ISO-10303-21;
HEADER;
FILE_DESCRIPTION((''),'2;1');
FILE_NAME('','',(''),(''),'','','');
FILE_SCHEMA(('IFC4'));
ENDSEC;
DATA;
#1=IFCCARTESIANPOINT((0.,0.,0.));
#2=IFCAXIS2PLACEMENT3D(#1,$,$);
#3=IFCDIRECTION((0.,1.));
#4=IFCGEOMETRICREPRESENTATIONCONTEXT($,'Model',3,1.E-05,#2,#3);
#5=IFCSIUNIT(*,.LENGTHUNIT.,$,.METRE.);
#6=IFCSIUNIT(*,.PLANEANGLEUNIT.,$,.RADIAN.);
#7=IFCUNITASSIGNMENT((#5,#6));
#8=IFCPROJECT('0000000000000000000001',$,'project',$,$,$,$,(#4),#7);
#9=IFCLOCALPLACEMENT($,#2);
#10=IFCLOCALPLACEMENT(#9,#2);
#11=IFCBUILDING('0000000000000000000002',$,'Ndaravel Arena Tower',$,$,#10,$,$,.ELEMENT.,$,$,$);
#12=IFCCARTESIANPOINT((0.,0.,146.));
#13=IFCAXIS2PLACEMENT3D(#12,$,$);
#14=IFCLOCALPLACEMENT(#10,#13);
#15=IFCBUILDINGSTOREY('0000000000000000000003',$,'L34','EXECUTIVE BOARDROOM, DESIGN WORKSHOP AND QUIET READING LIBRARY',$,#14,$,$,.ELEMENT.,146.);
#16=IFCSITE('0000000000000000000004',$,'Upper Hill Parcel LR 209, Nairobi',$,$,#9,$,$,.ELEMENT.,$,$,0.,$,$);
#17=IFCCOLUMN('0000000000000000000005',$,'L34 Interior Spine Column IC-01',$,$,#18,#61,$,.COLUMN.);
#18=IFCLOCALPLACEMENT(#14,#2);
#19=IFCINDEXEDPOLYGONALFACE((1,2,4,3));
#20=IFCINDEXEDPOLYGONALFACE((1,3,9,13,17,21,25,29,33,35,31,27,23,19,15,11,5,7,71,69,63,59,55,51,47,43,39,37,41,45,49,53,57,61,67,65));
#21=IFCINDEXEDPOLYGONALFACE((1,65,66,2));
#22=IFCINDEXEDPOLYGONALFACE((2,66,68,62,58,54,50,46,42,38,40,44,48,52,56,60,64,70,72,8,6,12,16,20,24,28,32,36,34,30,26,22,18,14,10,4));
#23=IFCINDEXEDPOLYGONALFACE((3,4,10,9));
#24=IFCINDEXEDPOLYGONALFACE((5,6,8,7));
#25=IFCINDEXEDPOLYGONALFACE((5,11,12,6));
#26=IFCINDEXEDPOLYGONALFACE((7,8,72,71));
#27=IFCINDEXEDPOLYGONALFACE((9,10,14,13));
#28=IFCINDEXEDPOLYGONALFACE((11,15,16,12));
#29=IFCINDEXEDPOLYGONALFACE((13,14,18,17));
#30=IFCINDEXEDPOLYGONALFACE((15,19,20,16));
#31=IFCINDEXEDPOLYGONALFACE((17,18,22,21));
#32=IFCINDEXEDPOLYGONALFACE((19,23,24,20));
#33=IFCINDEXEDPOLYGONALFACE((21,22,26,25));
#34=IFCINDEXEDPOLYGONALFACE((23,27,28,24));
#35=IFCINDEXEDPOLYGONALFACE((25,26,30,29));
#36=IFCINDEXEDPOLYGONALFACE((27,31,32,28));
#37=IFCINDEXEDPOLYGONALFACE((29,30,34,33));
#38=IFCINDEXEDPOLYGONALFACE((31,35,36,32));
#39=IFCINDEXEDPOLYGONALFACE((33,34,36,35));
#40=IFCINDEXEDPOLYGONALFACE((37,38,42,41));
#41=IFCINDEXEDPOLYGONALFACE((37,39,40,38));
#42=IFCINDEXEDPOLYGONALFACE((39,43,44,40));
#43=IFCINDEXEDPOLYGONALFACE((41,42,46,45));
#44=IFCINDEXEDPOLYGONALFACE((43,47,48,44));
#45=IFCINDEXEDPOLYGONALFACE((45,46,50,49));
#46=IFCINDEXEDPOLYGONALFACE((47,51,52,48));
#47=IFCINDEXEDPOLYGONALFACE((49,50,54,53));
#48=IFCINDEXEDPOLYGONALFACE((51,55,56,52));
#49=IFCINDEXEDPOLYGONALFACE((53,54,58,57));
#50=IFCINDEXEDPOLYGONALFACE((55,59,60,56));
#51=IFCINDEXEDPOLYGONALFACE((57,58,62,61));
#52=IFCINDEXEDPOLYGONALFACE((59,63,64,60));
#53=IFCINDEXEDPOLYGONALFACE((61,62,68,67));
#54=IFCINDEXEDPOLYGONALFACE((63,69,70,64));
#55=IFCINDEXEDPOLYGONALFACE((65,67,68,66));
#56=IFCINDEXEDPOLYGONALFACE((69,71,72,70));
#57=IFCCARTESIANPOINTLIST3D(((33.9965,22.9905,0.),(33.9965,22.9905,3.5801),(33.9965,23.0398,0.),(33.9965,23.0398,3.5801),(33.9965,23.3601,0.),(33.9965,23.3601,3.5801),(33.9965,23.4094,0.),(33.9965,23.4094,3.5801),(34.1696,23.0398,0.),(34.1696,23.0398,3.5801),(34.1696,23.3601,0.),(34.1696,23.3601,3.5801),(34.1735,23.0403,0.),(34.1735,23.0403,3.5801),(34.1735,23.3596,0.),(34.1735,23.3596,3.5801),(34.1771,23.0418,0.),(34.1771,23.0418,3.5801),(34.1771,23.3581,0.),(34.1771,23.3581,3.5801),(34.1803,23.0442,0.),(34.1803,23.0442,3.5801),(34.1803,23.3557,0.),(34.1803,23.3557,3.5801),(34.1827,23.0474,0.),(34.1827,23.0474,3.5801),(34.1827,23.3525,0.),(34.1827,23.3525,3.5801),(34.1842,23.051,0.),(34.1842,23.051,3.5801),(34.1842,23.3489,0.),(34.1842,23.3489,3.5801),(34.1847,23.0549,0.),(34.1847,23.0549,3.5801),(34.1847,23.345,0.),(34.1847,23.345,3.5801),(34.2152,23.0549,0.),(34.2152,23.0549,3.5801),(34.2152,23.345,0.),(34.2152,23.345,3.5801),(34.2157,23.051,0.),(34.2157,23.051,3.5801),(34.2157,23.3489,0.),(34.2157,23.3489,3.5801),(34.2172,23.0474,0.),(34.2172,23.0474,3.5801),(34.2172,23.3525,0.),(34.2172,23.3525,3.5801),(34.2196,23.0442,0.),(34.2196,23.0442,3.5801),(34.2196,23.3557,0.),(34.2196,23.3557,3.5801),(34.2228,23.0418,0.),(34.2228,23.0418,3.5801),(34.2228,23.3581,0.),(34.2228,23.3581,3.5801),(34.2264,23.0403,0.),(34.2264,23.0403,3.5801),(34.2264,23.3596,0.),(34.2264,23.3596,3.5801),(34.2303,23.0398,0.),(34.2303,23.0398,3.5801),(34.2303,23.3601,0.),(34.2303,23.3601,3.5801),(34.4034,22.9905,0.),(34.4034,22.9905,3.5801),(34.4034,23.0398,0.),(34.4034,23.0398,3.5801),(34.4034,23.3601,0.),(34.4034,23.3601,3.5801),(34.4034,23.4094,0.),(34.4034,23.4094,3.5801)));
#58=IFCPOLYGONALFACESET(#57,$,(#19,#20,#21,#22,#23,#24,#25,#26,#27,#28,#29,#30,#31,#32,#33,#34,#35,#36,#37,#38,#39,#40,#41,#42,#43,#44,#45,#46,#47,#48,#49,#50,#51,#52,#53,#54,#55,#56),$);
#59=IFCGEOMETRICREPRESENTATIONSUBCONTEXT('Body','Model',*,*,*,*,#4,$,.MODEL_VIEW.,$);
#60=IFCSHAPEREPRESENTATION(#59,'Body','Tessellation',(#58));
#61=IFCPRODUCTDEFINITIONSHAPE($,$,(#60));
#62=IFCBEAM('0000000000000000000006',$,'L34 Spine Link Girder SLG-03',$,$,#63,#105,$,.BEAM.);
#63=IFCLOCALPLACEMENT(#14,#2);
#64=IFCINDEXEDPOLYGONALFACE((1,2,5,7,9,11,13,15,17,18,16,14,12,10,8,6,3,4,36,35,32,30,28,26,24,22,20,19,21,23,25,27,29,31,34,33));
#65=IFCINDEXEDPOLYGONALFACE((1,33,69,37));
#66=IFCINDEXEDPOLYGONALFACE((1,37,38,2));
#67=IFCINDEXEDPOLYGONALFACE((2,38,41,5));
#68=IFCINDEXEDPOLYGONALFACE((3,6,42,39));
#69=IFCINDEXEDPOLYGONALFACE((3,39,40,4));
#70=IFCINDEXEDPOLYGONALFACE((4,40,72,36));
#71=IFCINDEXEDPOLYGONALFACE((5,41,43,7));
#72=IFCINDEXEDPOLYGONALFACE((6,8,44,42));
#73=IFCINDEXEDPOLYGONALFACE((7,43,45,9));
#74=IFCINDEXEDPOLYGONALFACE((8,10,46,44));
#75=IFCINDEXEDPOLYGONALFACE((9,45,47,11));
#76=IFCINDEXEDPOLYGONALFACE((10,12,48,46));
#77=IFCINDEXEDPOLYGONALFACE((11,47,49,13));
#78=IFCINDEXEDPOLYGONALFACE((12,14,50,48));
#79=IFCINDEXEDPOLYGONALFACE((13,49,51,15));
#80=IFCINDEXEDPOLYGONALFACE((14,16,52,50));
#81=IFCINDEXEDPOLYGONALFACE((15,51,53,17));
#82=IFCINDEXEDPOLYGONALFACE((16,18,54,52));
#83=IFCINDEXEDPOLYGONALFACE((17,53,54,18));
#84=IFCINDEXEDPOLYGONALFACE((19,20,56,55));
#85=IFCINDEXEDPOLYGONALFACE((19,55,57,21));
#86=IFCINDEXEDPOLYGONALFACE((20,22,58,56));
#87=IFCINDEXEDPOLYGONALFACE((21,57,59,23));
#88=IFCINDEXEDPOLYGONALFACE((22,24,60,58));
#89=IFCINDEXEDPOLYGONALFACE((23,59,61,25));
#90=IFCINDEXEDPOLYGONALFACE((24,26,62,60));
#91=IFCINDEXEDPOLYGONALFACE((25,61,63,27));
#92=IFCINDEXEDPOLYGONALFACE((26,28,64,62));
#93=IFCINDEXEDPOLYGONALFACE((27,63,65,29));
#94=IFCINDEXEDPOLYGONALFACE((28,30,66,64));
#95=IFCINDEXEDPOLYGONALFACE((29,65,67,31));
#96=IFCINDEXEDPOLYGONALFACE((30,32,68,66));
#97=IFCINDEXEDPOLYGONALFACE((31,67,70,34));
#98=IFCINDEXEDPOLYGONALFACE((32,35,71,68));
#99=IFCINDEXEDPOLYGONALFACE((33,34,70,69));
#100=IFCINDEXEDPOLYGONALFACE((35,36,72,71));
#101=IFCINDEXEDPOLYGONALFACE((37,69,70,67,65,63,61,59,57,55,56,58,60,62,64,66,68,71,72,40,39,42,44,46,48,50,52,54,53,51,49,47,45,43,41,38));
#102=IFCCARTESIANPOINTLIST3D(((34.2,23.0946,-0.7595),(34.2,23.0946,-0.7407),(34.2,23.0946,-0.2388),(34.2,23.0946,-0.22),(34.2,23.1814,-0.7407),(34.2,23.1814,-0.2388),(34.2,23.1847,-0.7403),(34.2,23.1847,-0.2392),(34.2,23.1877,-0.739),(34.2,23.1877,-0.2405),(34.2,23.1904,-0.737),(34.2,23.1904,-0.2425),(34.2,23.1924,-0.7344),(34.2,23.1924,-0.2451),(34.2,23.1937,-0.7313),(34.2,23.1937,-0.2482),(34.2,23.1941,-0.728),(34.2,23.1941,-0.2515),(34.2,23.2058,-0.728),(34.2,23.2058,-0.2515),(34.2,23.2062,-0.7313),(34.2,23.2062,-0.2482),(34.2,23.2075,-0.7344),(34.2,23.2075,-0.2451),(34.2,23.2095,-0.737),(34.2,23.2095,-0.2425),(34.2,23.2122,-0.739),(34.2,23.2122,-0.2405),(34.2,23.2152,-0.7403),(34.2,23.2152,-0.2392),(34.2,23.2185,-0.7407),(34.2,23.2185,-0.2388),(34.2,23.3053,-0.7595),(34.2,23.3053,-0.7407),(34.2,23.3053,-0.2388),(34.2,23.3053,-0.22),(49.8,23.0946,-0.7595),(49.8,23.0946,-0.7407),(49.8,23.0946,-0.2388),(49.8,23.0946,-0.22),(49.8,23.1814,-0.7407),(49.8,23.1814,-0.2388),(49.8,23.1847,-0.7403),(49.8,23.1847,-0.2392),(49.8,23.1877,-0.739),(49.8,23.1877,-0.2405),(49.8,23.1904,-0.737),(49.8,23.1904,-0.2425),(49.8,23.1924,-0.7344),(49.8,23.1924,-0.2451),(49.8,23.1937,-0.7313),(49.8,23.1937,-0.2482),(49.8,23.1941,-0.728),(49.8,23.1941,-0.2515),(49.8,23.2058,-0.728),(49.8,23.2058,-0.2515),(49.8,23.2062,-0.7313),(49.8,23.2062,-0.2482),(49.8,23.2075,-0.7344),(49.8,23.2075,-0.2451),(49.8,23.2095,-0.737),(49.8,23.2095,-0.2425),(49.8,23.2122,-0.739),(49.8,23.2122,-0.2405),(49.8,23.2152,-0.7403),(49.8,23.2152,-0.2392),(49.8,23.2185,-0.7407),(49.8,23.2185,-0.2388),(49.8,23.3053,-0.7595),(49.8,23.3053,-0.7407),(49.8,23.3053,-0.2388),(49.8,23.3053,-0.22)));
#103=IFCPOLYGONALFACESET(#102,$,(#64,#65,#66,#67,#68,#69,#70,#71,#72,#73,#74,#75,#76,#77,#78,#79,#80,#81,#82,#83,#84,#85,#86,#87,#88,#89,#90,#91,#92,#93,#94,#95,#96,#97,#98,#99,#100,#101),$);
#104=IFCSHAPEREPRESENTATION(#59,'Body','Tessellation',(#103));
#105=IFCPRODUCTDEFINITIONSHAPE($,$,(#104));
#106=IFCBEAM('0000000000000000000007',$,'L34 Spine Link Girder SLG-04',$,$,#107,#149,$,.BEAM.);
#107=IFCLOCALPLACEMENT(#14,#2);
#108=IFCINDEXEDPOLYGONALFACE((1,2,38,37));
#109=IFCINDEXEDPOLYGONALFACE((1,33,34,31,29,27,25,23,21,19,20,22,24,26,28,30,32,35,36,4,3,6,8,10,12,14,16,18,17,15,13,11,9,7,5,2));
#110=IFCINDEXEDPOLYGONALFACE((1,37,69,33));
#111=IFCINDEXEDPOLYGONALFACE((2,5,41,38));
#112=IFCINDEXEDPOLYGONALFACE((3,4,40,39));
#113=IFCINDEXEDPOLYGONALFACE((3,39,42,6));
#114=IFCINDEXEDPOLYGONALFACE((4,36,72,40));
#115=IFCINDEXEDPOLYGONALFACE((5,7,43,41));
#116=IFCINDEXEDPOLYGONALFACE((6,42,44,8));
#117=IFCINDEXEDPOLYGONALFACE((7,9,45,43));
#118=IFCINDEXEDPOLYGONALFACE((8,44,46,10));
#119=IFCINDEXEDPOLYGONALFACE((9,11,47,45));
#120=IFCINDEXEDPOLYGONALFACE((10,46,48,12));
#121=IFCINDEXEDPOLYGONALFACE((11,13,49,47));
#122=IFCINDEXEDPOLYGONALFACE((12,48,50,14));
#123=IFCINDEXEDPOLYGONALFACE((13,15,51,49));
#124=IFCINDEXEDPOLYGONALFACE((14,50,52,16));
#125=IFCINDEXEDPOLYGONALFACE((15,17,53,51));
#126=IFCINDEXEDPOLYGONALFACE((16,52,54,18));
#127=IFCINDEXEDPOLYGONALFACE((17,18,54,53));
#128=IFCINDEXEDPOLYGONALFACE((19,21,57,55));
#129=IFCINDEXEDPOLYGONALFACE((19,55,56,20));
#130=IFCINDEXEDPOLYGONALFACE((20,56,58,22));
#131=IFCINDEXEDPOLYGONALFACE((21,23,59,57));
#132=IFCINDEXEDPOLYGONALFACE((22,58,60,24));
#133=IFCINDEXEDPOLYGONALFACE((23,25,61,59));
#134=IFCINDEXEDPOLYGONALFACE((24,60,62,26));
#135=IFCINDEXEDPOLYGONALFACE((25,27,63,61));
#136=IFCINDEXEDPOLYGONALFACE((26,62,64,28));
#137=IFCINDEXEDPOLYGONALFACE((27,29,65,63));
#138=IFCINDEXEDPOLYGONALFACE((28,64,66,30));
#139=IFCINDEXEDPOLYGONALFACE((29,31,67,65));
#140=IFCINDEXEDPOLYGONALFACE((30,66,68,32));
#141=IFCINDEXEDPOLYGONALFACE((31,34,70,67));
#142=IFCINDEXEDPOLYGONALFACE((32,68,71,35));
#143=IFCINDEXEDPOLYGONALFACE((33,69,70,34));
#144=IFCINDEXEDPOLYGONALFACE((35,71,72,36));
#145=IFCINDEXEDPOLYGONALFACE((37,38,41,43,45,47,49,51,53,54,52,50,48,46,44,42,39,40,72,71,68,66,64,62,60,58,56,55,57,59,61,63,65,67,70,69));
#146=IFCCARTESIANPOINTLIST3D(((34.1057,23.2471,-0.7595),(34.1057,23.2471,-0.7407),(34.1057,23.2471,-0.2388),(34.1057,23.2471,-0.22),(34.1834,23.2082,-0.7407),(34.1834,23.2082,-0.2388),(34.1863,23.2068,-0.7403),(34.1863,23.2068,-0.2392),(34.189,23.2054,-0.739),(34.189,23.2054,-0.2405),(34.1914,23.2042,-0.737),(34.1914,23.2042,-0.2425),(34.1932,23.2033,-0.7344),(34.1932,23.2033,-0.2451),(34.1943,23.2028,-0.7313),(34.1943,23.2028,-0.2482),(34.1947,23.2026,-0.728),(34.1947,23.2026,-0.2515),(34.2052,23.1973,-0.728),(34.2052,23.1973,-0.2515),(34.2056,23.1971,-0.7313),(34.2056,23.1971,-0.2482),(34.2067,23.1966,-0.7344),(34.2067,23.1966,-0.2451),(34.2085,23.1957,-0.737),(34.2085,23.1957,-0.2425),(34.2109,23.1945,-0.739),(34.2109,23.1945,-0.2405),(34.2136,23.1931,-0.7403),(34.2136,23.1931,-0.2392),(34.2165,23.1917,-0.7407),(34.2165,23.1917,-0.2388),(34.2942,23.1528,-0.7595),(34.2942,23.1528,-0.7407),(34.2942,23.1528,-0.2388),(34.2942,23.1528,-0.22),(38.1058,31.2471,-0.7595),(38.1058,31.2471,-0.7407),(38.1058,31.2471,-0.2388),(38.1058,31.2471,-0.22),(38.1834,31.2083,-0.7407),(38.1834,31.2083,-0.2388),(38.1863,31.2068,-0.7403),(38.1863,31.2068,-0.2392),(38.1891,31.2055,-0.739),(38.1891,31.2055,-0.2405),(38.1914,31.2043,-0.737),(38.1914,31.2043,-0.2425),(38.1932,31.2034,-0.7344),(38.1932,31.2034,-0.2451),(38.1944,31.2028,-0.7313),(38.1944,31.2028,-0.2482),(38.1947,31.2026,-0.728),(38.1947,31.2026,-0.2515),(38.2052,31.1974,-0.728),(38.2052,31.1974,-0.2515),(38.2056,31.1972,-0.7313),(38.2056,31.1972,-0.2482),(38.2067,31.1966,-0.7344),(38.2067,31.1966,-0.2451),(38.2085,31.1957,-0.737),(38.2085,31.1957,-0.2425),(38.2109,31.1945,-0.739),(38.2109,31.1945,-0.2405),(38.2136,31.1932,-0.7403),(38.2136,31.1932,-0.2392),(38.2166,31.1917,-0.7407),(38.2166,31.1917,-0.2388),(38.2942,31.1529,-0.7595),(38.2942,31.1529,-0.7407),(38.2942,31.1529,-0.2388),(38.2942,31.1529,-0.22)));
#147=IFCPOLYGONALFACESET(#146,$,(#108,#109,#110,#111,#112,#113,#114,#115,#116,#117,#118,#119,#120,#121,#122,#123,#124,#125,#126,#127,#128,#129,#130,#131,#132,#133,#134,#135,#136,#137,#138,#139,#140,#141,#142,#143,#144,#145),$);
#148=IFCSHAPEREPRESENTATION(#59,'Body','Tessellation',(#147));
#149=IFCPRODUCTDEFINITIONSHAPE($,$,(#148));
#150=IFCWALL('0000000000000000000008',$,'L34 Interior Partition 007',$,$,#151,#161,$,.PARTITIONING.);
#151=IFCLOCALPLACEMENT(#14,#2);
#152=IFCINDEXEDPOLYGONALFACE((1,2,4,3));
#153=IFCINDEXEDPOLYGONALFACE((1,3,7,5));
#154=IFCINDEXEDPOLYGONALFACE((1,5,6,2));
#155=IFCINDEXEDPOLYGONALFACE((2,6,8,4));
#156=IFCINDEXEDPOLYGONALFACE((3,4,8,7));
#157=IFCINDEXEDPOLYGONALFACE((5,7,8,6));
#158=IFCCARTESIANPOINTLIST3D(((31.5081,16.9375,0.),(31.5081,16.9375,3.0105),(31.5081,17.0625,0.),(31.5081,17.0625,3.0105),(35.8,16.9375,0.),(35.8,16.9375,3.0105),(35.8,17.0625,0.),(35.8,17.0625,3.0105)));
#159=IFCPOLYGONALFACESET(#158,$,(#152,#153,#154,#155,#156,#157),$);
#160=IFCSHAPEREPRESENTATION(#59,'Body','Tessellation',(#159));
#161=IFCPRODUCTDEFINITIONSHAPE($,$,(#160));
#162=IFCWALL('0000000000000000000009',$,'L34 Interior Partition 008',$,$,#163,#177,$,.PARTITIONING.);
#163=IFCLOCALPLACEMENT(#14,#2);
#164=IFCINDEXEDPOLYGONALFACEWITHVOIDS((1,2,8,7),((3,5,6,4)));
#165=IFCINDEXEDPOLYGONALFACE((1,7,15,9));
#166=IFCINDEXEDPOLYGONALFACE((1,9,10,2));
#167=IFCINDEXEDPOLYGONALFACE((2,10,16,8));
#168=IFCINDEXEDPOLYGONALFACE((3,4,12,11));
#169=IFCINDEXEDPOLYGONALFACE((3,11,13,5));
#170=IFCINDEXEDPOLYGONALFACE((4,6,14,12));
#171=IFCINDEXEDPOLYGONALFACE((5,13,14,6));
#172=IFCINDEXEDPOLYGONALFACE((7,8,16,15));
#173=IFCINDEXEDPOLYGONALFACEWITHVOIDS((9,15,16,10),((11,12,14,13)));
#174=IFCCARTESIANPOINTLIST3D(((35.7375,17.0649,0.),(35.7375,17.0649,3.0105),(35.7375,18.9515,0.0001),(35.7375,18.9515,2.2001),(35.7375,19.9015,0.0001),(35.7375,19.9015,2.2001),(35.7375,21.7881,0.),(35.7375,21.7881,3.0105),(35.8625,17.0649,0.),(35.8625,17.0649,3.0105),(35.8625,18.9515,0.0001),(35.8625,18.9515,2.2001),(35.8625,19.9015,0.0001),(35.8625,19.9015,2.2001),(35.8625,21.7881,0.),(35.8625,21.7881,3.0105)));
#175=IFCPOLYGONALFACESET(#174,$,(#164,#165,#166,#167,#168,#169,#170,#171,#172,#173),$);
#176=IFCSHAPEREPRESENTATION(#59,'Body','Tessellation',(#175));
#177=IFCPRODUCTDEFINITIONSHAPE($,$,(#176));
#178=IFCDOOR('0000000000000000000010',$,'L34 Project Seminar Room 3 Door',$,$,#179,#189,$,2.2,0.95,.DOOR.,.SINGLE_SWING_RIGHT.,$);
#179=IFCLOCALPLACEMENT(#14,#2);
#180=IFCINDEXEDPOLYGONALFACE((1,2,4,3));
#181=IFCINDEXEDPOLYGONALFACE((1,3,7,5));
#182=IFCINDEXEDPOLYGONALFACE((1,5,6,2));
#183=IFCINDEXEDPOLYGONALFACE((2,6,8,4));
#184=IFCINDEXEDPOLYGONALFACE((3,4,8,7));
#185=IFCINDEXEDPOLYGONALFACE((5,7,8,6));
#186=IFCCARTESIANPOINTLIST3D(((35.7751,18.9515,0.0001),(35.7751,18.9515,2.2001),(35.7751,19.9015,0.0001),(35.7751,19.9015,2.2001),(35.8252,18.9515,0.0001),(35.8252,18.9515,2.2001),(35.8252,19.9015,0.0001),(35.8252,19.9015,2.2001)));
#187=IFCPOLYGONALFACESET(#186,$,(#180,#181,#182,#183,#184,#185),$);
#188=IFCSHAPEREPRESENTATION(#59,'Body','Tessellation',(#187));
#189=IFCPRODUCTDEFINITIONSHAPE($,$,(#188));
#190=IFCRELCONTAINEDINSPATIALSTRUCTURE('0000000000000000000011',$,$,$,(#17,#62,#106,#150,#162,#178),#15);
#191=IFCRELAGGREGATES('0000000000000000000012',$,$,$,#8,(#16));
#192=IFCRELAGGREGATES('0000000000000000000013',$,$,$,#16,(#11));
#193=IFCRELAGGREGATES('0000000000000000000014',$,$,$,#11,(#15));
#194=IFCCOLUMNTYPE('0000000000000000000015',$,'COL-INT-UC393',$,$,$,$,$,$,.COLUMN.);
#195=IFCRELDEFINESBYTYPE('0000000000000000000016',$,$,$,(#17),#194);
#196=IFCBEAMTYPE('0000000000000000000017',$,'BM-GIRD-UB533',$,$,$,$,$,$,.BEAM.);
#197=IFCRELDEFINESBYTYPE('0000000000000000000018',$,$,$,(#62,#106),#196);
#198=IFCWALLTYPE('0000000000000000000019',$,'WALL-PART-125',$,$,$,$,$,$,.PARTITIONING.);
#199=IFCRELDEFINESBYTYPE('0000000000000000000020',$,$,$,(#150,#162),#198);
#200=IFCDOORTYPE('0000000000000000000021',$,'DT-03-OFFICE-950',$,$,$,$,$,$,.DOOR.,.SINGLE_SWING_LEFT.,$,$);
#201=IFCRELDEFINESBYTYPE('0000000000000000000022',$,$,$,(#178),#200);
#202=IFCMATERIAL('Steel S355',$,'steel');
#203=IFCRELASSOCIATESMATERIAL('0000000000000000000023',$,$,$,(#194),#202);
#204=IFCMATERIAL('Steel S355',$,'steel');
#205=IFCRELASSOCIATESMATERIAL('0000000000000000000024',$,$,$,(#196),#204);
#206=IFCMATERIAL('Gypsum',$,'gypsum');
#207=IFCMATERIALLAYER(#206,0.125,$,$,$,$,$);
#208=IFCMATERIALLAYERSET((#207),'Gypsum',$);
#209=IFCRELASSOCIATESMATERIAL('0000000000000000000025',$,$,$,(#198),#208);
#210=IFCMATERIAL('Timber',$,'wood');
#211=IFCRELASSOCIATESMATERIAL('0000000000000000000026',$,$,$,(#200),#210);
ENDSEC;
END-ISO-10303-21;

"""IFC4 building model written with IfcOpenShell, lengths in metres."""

from ifc_helpers import new_model, si_unit, direction, frame, frame_2d, origin, origin_2d, place, context, subcontext, project, spatial, rectangle, i_section, extrude, material, layer, layer_set, material_profile, profile_set, type_object, element, fill, save


model = new_model("IFC4")

# Units and contexts
model_context = context("Model", 3, precision=1e-05, world=origin(), true_north=direction((0.0, 1.0)))
body_context = subcontext(model_context, "Body", "Model", "MODEL_VIEW")
ifc_project = project(units=[si_unit("LENGTHUNIT", "METRE"), si_unit("PLANEANGLEUNIT", "RADIAN")], contexts=[model_context])

# Site, building, storey
site_placement = place(None, origin())
site = spatial("IfcSite", under=ifc_project, at=site_placement, Name="Upper Hill Parcel LR 209, Nairobi", CompositionType="ELEMENT", RefElevation=0.0)
building_placement = place(site_placement, origin())
building = spatial("IfcBuilding", under=site, at=building_placement, Name="Ndaravel Arena Tower", CompositionType="ELEMENT")
storey_placement = place(building_placement, frame((0.0, 0.0, 146.0)))
storey = spatial("IfcBuildingStorey", under=building, at=storey_placement, Name="L34", Description="EXECUTIVE BOARDROOM, DESIGN WORKSHOP AND QUIET READING LIBRARY", CompositionType="ELEMENT", Elevation=146.0)

# Column
ifc_material_1 = material(Name="Steel S355", Category="steel")
ifc_material_profile_1 = material_profile(ifc_material_1, i_section(OverallWidth=0.407, OverallDepth=0.4189, WebThickness=0.0305, FlangeThickness=0.0493, FilletRadius=0.0151, at=origin_2d()), Name="UC 356x406x393")
ifc_profile_set_1 = profile_set([ifc_material_profile_1], Name="Steel S355")
column_type = type_object("IfcColumnType", Name="COL-INT-UC393", PredefinedType="COLUMN", material=ifc_profile_set_1)
column_placement = place(storey_placement, frame((34.2, 23.2, 0.0), z_axis=(0.0, 0.0, 1.0), x_axis=(1.0, 0.0, 0.0)))
element("IfcColumn", 1, at=column_placement, inside=storey, type_object=column_type, Name="L34 Interior Spine Column IC-01", PredefinedType="COLUMN", context=body_context, shape_type="SweptSolid", body=[
    extrude(i_section(OverallWidth=0.407, OverallDepth=0.4189, WebThickness=0.0305, FlangeThickness=0.0493, FilletRadius=0.0151, at=origin_2d()), origin(), (0.0, 0.0, 1.0), 3.5801),
])

# Beams
ifc_material_2 = material(Name="Steel S355", Category="steel")
ifc_material_profile_2 = material_profile(ifc_material_2, i_section(OverallWidth=0.2107, OverallDepth=0.5396, WebThickness=0.0117, FlangeThickness=0.0188, FilletRadius=0.0127, at=origin_2d()), Name="UB 533x210x109")
ifc_profile_set_2 = profile_set([ifc_material_profile_2], Name="Steel S355")
beam_type = type_object("IfcBeamType", Name="BM-GIRD-UB533", PredefinedType="BEAM", material=ifc_profile_set_2)
beam_1_placement = place(storey_placement, frame((34.2, 23.2, -0.4897), z_axis=(1.0, 0.0, 0.0), x_axis=(0.0, 1.0, 0.0)))
element("IfcBeam", 2, at=beam_1_placement, inside=storey, type_object=beam_type, Name="L34 Spine Link Girder SLG-03", PredefinedType="BEAM", context=body_context, shape_type="SweptSolid", body=[
    extrude(i_section(OverallWidth=0.2107, OverallDepth=0.5396, WebThickness=0.0117, FlangeThickness=0.0188, FilletRadius=0.0127, at=origin_2d()), origin(), (0.0, 0.0, 1.0), 15.6001),
])
beam_2_placement = place(storey_placement, frame((34.2, 23.2, -0.4897), z_axis=(0.447214, 0.894427, 0.0), x_axis=(-0.894427, 0.447214, 0.0)))
element("IfcBeam", 3, at=beam_2_placement, inside=storey, type_object=beam_type, Name="L34 Spine Link Girder SLG-04", PredefinedType="BEAM", context=body_context, shape_type="SweptSolid", body=[
    extrude(i_section(OverallWidth=0.2107, OverallDepth=0.5396, WebThickness=0.0117, FlangeThickness=0.0188, FilletRadius=0.0127, at=origin_2d()), origin(), (0.0, 0.0, 1.0), 8.9443),
])

# Wall
ifc_material_3 = material(Name="Gypsum", Category="gypsum")
ifc_layer_1 = layer(ifc_material_3, 0.125)
ifc_layer_set_1 = layer_set([ifc_layer_1], Name="Gypsum")
wall_type_1 = type_object("IfcWallType", Name="WALL-PART-125", PredefinedType="PARTITIONING", material=ifc_layer_set_1)
wall_1_placement = place(storey_placement, frame((31.5081, 17.0, 0.0), z_axis=(0.0, 0.0, 1.0), x_axis=(1.0, 0.0, 0.0)))
element("IfcWall", 4, at=wall_1_placement, inside=storey, type_object=wall_type_1, Name="L34 Interior Partition 007", PredefinedType="PARTITIONING", context=body_context, shape_type="SweptSolid", body=[
    extrude(rectangle(XDim=4.292, YDim=0.125, at=frame_2d((2.146, 0.0))), origin(), (0.0, 0.0, 1.0), 3.0105),
])

# Wall, opening, door
wall_2_placement = place(storey_placement, frame((35.8, 17.0649, 0.0), z_axis=(0.0, 0.0, 1.0), x_axis=(0.0, 1.0, 0.0)))
wall_2 = element("IfcWall", 5, at=wall_2_placement, inside=storey, type_object=wall_type_1, Name="L34 Interior Partition 008", PredefinedType="PARTITIONING", context=body_context, shape_type="SweptSolid", body=[
    extrude(rectangle(XDim=4.7231, YDim=0.125, at=frame_2d((2.3616, 0.0))), origin(), (0.0, 0.0, 1.0), 3.0105),
])
opening_1_placement = place(wall_2_placement, frame((1.8865, 0.0, 0.0)))
opening_1 = element("IfcOpeningElement", 6, at=opening_1_placement, cuts=wall_2, PredefinedType="OPENING", context=body_context, shape_type="SweptSolid", body=[
    extrude(rectangle(XDim=0.95, YDim=2.2, at=frame_2d((0.4751, 1.1001))), frame((0.0, 0.0625, 0.0), z_axis=(0.0, -1.0, 0.0), x_axis=(1.0, 0.0, 0.0)), (0.0, 0.0, 1.0), 0.125),
])
ifc_material_4 = material(Name="Timber", Category="wood")
door_type_1 = type_object("IfcDoorType", Name="DT-03-OFFICE-950", OperationType="SINGLE_SWING_LEFT", PredefinedType="DOOR", material=ifc_material_4)
door_1_placement = place(opening_1_placement, origin())
door_1 = element("IfcDoor", 7, at=door_1_placement, inside=storey, type_object=door_type_1, Name="L34 Project Seminar Room 3 Door", OperationType="SINGLE_SWING_RIGHT", OverallHeight=2.2, OverallWidth=0.95, PredefinedType="DOOR", context=body_context, shape_type="SweptSolid", body=[
    extrude(rectangle(XDim=0.95, YDim=2.2, at=frame_2d((0.4751, 1.1001))), frame((0.0, 0.0249, 0.0), z_axis=(0.0, -1.0, 0.0), x_axis=(1.0, 0.0, 0.0)), (0.0, 0.0, 1.0), 0.05),
])
fill(opening_1, door_1)

save(model, "model.ifc")
